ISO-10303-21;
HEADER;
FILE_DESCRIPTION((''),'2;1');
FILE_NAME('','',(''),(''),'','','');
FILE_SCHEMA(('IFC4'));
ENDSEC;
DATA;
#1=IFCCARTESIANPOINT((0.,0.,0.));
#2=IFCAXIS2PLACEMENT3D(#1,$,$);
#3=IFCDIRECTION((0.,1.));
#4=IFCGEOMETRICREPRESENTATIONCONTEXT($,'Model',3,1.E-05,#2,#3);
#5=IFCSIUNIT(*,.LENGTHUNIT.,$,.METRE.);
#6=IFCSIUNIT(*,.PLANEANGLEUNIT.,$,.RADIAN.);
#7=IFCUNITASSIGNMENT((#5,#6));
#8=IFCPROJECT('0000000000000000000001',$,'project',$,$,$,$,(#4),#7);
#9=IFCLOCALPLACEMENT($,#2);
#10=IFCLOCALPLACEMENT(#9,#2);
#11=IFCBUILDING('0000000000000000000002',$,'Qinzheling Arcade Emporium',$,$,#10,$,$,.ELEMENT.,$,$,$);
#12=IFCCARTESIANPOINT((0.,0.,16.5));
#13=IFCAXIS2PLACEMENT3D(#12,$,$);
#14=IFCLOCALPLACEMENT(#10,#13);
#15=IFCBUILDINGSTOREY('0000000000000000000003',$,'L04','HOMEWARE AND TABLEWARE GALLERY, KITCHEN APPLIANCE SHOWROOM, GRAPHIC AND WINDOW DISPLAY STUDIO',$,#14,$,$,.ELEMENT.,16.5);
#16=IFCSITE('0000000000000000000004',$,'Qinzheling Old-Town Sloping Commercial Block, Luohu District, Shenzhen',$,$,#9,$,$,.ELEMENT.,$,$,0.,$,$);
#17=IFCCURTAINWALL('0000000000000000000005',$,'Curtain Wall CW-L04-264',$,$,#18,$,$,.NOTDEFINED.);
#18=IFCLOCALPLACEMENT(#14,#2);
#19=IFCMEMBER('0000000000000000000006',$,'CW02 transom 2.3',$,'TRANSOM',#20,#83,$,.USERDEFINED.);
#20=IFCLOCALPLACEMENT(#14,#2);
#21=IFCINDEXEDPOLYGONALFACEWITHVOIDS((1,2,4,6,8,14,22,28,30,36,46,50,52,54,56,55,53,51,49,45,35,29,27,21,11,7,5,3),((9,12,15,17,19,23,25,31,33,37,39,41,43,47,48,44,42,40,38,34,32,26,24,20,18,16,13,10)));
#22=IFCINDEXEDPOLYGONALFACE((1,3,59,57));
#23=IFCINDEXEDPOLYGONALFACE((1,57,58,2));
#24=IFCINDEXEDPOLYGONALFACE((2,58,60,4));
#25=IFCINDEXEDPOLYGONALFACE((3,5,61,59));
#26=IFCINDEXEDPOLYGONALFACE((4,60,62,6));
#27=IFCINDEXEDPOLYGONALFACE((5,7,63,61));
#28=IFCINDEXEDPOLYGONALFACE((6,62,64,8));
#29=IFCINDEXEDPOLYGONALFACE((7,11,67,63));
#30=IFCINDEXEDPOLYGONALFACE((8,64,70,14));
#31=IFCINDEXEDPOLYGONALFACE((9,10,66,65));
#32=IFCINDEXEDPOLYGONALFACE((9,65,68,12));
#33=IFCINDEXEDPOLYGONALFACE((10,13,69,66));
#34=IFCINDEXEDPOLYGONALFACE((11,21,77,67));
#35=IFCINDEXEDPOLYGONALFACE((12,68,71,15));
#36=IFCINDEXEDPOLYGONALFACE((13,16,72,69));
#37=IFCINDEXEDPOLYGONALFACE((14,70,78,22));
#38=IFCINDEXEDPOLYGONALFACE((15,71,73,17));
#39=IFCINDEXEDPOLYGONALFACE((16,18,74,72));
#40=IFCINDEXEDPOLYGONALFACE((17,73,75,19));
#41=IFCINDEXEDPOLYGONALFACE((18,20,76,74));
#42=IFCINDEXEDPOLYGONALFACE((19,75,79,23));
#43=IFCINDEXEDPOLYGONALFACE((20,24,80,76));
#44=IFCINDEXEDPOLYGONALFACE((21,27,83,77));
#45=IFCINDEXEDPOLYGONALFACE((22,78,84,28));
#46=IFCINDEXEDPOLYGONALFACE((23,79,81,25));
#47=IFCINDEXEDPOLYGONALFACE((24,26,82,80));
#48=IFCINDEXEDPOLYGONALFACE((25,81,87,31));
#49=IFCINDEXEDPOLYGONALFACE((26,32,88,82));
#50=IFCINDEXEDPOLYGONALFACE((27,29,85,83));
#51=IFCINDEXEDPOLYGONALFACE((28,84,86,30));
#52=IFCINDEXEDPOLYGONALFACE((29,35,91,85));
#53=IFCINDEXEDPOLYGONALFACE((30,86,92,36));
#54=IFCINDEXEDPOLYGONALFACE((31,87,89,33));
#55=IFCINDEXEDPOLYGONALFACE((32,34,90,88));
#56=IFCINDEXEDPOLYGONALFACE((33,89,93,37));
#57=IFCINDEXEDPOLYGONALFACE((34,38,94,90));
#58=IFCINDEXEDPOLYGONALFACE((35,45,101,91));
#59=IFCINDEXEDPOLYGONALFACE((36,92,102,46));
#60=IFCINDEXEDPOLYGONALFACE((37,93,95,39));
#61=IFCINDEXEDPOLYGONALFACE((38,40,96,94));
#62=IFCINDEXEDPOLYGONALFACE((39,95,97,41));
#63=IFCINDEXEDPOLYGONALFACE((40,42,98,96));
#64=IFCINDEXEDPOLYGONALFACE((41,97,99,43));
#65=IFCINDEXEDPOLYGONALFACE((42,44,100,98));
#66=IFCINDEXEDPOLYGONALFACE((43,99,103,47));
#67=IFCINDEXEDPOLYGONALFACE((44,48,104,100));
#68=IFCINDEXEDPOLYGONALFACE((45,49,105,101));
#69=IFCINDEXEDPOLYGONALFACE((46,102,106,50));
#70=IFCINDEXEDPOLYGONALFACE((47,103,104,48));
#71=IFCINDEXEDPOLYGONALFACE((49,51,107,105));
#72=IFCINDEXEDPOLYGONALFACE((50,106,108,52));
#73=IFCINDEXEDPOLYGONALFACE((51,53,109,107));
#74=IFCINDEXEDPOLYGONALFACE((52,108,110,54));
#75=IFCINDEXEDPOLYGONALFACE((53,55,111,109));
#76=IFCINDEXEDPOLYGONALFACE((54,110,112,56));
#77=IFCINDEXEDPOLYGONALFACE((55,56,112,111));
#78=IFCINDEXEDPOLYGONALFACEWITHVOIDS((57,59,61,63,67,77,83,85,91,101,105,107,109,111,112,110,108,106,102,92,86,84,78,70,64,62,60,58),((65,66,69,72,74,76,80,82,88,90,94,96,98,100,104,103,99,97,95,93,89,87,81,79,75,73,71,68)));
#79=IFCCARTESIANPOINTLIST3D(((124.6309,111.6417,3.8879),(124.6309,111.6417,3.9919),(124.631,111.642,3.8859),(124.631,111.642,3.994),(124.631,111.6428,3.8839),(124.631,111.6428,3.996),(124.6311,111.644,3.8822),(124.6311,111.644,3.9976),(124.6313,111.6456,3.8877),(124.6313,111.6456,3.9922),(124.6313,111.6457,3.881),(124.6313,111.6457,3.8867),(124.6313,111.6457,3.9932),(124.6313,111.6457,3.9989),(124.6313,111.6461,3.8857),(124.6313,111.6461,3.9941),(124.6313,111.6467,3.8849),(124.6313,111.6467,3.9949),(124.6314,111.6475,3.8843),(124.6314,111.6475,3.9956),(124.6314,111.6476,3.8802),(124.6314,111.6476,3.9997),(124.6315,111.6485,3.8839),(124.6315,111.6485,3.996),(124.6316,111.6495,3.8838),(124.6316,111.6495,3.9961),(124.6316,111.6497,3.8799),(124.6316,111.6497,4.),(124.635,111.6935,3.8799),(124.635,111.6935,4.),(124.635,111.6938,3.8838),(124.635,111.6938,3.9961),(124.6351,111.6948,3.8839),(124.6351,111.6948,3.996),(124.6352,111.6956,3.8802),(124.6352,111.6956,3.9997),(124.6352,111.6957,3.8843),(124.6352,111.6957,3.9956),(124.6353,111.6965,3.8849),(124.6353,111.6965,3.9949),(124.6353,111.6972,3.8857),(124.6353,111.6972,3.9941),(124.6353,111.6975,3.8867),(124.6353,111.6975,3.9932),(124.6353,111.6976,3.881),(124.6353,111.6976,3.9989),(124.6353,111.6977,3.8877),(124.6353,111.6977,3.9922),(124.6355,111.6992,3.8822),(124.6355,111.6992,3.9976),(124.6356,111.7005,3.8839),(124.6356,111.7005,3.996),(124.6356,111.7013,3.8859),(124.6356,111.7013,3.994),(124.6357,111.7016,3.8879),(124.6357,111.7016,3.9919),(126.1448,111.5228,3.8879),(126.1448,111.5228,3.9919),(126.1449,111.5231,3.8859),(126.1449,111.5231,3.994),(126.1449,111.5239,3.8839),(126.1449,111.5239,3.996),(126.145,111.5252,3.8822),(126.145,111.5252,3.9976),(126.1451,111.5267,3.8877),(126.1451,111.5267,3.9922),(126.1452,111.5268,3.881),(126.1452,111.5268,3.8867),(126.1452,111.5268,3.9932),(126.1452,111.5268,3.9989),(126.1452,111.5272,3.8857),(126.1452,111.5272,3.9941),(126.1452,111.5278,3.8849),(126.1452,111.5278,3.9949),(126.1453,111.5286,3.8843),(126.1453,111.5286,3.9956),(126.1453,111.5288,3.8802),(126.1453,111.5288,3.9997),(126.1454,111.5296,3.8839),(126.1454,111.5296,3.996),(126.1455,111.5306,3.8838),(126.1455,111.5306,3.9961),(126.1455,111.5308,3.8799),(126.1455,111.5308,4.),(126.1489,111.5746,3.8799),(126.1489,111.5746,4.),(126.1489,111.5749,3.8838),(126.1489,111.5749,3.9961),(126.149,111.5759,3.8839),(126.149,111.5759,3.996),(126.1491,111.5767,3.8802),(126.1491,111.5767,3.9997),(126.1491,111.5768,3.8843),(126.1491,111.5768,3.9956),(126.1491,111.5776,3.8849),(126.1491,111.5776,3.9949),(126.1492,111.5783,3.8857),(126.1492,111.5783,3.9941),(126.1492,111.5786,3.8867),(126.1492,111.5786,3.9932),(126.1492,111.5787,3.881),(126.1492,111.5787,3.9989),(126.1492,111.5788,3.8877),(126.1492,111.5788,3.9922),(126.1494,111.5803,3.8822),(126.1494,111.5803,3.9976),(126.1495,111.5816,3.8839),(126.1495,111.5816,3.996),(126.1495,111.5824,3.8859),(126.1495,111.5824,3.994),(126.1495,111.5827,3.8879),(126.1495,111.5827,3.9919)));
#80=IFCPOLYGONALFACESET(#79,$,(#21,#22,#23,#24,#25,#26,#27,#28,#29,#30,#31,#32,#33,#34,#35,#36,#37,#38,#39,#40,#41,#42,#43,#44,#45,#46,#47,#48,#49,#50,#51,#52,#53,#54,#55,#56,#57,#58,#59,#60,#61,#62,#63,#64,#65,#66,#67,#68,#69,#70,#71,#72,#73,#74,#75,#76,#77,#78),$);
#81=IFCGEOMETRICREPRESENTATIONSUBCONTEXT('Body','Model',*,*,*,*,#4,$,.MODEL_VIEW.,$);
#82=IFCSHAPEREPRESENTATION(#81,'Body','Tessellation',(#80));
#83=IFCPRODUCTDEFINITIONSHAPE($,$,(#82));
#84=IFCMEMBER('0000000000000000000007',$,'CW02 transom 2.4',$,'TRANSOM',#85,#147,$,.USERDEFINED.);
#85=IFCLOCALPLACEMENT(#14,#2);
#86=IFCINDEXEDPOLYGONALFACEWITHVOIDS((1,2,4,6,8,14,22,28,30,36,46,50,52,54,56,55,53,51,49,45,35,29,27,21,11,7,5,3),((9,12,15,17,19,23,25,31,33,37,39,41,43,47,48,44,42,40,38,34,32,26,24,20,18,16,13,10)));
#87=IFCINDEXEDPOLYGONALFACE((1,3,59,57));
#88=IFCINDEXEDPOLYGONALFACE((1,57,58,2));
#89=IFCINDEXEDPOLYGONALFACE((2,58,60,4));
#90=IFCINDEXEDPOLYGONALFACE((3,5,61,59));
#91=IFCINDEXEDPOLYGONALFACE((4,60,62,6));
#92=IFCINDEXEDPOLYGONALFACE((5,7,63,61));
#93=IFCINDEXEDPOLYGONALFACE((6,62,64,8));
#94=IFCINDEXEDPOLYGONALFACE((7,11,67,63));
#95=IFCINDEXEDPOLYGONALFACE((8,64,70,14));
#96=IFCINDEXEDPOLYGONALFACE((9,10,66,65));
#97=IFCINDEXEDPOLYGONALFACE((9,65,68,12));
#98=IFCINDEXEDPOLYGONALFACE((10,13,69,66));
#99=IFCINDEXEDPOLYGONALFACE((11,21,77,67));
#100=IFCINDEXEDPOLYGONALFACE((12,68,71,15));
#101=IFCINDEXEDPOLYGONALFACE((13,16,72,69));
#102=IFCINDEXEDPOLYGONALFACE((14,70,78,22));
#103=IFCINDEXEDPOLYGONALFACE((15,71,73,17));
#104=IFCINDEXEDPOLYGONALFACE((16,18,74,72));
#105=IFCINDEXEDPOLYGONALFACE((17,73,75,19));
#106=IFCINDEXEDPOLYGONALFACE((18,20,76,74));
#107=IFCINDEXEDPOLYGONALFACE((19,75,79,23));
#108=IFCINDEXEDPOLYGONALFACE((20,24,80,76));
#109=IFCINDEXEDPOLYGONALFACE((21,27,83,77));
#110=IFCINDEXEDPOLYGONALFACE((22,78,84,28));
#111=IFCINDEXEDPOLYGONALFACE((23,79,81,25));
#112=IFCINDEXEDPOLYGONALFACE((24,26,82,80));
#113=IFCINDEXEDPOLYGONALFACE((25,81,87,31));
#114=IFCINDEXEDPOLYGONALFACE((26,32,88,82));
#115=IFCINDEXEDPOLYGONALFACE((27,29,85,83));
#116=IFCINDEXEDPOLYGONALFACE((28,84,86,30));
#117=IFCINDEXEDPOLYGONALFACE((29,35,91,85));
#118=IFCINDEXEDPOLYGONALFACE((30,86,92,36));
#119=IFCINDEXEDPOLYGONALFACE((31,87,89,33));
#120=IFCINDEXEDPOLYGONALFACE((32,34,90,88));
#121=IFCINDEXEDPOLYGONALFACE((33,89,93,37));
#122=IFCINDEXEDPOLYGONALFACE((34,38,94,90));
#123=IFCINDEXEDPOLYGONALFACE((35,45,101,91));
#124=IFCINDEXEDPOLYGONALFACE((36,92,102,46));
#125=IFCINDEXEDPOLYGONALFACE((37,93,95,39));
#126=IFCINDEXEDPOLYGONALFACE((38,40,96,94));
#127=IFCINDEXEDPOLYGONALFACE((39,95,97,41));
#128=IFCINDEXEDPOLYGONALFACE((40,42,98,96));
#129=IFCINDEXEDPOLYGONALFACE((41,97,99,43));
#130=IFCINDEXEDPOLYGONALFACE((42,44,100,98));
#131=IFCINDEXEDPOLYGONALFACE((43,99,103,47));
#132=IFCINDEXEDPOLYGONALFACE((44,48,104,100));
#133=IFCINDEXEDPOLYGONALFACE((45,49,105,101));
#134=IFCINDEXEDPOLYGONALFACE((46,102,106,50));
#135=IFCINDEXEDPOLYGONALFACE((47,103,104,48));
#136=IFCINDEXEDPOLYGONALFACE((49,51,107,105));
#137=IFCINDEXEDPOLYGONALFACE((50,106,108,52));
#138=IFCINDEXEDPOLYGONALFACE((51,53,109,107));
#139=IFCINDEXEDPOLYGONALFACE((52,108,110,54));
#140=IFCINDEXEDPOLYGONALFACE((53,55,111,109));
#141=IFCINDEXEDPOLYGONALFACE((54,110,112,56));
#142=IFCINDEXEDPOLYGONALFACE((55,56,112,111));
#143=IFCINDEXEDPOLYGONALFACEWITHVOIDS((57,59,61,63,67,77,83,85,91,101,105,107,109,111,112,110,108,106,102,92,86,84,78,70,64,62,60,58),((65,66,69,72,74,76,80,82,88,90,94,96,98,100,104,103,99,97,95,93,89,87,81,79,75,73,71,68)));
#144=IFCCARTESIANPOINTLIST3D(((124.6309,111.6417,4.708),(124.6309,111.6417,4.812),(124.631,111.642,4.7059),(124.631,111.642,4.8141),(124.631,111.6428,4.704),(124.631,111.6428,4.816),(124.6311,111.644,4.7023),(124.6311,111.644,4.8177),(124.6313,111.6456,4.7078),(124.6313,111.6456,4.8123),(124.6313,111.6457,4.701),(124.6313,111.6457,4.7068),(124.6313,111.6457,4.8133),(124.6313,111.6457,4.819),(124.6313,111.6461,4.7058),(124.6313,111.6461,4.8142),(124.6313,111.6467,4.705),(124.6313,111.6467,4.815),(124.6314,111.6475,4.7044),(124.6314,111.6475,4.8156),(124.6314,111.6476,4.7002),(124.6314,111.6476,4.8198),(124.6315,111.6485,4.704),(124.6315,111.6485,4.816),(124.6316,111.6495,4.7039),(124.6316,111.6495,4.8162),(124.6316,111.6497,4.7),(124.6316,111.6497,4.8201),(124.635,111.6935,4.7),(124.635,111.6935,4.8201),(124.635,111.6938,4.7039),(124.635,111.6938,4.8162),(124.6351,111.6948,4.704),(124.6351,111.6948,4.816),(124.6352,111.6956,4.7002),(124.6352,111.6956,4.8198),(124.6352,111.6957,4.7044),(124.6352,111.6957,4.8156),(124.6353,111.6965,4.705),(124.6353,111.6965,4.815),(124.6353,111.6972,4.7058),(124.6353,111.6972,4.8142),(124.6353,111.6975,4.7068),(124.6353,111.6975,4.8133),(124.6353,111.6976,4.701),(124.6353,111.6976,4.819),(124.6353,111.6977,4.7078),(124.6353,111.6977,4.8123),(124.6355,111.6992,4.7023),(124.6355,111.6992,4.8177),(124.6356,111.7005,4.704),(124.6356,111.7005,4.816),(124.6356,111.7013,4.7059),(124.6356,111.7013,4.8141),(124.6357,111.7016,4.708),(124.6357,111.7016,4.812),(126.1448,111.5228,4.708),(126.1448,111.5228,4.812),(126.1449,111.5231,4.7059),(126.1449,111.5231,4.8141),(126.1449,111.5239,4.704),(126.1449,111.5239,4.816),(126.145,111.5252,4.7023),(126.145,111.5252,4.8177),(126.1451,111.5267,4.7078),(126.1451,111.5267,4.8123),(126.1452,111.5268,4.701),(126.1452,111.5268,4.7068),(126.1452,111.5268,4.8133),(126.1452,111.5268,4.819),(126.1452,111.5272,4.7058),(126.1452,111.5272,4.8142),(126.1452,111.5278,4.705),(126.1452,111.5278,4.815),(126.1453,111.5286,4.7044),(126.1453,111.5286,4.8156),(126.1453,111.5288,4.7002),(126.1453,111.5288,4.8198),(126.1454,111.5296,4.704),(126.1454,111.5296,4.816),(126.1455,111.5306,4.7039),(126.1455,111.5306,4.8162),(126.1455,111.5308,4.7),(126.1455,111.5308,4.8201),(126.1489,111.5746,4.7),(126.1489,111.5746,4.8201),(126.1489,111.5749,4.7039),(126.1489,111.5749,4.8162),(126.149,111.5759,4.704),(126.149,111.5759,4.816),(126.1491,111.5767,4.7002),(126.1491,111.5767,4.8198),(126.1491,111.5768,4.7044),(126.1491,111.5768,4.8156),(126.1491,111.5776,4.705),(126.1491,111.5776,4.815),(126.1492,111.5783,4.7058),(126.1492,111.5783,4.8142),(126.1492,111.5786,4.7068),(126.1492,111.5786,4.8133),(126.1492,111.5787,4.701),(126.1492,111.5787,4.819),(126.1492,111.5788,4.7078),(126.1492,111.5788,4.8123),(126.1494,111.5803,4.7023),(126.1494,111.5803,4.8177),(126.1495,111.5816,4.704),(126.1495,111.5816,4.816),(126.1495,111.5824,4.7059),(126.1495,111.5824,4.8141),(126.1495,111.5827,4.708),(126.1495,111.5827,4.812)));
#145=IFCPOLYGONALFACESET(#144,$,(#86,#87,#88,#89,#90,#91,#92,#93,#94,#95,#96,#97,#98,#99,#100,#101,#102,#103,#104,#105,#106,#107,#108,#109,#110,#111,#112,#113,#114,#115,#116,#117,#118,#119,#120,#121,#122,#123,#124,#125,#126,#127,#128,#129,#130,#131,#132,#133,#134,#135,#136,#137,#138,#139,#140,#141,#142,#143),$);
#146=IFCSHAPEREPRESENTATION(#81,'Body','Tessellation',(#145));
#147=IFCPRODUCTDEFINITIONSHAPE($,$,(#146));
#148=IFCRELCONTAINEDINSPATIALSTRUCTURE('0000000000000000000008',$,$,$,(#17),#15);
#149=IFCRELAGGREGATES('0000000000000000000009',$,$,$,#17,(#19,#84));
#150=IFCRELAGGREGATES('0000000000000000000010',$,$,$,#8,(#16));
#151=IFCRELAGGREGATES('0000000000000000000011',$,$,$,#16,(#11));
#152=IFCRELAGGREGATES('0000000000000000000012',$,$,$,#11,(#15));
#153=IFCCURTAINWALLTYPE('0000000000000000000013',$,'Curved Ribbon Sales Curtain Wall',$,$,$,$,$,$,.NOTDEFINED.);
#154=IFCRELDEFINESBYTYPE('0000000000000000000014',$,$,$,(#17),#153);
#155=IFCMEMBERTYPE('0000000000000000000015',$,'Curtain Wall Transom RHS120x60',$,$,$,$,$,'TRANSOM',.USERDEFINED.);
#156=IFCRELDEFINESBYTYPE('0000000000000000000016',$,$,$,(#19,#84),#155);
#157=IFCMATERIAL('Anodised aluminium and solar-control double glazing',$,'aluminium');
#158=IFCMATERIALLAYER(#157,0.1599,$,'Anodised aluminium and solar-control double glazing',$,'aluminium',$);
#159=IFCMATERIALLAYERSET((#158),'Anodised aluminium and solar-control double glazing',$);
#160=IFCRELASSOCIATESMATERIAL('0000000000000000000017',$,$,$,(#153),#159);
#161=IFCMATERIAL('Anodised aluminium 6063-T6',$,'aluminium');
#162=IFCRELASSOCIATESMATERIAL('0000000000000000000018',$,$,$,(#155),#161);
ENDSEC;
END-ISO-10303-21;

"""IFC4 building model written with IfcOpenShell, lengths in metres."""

from ifc_helpers import new_model, si_unit, direction, frame, origin, origin_2d, place, context, subcontext, project, spatial, hollow_rectangle, extrude, material, layer, layer_set, material_profile, profile_set, type_object, element, aggregate, save


model = new_model("IFC4")

# Units and contexts
model_context = context("Model", 3, precision=1e-05, world=origin(), true_north=direction((0.0, 1.0)))
body_context = subcontext(model_context, "Body", "Model", "MODEL_VIEW")
ifc_project = project(units=[si_unit("LENGTHUNIT", "METRE"), si_unit("PLANEANGLEUNIT", "RADIAN")], contexts=[model_context])

# Site, building, storey
site_placement = place(None, origin())
site = spatial("IfcSite", under=ifc_project, at=site_placement, Name="Qinzheling Old-Town Sloping Commercial Block, Luohu District, Shenzhen", CompositionType="ELEMENT", RefElevation=0.0)
building_placement = place(site_placement, origin())
building = spatial("IfcBuilding", under=site, at=building_placement, Name="Qinzheling Arcade Emporium", CompositionType="ELEMENT")
storey_placement = place(building_placement, frame((0.0, 0.0, 16.5)))
storey = spatial("IfcBuildingStorey", under=building, at=storey_placement, Name="L04", Description="HOMEWARE AND TABLEWARE GALLERY, KITCHEN APPLIANCE SHOWROOM, GRAPHIC AND WINDOW DISPLAY STUDIO", CompositionType="ELEMENT", Elevation=16.5)

# Shared definitions
ifc_material_1 = material(Name="Anodised aluminium and solar-control double glazing", Category="aluminium")
ifc_material_2 = material(Name="Anodised aluminium 6063-T6", Category="aluminium")

# Curtain wall
ifc_layer_1 = layer(ifc_material_1, 0.1599, Name="Anodised aluminium and solar-control double glazing", Category="aluminium")
ifc_layer_set_1 = layer_set([ifc_layer_1], Name="Anodised aluminium and solar-control double glazing")
curtain_wall_type_1 = type_object("IfcCurtainWallType", Name="Curved Ribbon Sales Curtain Wall", PredefinedType="NOTDEFINED", material=ifc_layer_set_1)
curtain_wall_1_placement = place(storey_placement, origin())
curtain_wall_1 = element("IfcCurtainWall", 1, at=curtain_wall_1_placement, inside=storey, type_object=curtain_wall_type_1, Name="Curtain Wall CW-L04-264", PredefinedType="NOTDEFINED")

# Members
ifc_material_profile_1 = material_profile(ifc_material_2, hollow_rectangle(XDim=0.0601, YDim=0.1201, WallThickness=0.0039, InnerFilletRadius=0.0039, OuterFilletRadius=0.0081, at=origin_2d()), Name="RHS 120x60x4", Category="aluminium")
ifc_profile_set_1 = profile_set([ifc_material_profile_1], Name="Anodised aluminium 6063-T6")
member_type_1 = type_object("IfcMemberType", Name="Curtain Wall Transom RHS120x60", ElementType="TRANSOM", PredefinedType="USERDEFINED", material=ifc_profile_set_1)
member_1_placement = place(storey_placement, frame((124.6333, 111.6716, 3.9399), z_axis=(0.99693, -0.078295, 0.0), x_axis=(0.078295, 0.99693, 0.0)))
member_1 = element("IfcMember", 2, at=member_1_placement, type_object=member_type_1, Name="CW02 transom 2.3", ObjectType="TRANSOM", PredefinedType="USERDEFINED", context=body_context, shape_type="SweptSolid", body=[
    extrude(hollow_rectangle(XDim=0.0601, YDim=0.1201, WallThickness=0.0039, InnerFilletRadius=0.0039, OuterFilletRadius=0.0081, at=origin_2d()), origin(), (0.0, 0.0, 1.0), 1.5186),
])
member_2_placement = place(storey_placement, frame((124.6333, 111.6716, 4.76), z_axis=(0.99693, -0.078295, 0.0), x_axis=(0.078295, 0.99693, 0.0)))
member_2 = element("IfcMember", 3, at=member_2_placement, type_object=member_type_1, Name="CW02 transom 2.4", ObjectType="TRANSOM", PredefinedType="USERDEFINED", context=body_context, shape_type="SweptSolid", body=[
    extrude(hollow_rectangle(XDim=0.0601, YDim=0.1201, WallThickness=0.0039, InnerFilletRadius=0.0039, OuterFilletRadius=0.0081, at=origin_2d()), origin(), (0.0, 0.0, 1.0), 1.5186),
])

aggregate(curtain_wall_1, [member_1, member_2])

save(model, "model.ifc")
